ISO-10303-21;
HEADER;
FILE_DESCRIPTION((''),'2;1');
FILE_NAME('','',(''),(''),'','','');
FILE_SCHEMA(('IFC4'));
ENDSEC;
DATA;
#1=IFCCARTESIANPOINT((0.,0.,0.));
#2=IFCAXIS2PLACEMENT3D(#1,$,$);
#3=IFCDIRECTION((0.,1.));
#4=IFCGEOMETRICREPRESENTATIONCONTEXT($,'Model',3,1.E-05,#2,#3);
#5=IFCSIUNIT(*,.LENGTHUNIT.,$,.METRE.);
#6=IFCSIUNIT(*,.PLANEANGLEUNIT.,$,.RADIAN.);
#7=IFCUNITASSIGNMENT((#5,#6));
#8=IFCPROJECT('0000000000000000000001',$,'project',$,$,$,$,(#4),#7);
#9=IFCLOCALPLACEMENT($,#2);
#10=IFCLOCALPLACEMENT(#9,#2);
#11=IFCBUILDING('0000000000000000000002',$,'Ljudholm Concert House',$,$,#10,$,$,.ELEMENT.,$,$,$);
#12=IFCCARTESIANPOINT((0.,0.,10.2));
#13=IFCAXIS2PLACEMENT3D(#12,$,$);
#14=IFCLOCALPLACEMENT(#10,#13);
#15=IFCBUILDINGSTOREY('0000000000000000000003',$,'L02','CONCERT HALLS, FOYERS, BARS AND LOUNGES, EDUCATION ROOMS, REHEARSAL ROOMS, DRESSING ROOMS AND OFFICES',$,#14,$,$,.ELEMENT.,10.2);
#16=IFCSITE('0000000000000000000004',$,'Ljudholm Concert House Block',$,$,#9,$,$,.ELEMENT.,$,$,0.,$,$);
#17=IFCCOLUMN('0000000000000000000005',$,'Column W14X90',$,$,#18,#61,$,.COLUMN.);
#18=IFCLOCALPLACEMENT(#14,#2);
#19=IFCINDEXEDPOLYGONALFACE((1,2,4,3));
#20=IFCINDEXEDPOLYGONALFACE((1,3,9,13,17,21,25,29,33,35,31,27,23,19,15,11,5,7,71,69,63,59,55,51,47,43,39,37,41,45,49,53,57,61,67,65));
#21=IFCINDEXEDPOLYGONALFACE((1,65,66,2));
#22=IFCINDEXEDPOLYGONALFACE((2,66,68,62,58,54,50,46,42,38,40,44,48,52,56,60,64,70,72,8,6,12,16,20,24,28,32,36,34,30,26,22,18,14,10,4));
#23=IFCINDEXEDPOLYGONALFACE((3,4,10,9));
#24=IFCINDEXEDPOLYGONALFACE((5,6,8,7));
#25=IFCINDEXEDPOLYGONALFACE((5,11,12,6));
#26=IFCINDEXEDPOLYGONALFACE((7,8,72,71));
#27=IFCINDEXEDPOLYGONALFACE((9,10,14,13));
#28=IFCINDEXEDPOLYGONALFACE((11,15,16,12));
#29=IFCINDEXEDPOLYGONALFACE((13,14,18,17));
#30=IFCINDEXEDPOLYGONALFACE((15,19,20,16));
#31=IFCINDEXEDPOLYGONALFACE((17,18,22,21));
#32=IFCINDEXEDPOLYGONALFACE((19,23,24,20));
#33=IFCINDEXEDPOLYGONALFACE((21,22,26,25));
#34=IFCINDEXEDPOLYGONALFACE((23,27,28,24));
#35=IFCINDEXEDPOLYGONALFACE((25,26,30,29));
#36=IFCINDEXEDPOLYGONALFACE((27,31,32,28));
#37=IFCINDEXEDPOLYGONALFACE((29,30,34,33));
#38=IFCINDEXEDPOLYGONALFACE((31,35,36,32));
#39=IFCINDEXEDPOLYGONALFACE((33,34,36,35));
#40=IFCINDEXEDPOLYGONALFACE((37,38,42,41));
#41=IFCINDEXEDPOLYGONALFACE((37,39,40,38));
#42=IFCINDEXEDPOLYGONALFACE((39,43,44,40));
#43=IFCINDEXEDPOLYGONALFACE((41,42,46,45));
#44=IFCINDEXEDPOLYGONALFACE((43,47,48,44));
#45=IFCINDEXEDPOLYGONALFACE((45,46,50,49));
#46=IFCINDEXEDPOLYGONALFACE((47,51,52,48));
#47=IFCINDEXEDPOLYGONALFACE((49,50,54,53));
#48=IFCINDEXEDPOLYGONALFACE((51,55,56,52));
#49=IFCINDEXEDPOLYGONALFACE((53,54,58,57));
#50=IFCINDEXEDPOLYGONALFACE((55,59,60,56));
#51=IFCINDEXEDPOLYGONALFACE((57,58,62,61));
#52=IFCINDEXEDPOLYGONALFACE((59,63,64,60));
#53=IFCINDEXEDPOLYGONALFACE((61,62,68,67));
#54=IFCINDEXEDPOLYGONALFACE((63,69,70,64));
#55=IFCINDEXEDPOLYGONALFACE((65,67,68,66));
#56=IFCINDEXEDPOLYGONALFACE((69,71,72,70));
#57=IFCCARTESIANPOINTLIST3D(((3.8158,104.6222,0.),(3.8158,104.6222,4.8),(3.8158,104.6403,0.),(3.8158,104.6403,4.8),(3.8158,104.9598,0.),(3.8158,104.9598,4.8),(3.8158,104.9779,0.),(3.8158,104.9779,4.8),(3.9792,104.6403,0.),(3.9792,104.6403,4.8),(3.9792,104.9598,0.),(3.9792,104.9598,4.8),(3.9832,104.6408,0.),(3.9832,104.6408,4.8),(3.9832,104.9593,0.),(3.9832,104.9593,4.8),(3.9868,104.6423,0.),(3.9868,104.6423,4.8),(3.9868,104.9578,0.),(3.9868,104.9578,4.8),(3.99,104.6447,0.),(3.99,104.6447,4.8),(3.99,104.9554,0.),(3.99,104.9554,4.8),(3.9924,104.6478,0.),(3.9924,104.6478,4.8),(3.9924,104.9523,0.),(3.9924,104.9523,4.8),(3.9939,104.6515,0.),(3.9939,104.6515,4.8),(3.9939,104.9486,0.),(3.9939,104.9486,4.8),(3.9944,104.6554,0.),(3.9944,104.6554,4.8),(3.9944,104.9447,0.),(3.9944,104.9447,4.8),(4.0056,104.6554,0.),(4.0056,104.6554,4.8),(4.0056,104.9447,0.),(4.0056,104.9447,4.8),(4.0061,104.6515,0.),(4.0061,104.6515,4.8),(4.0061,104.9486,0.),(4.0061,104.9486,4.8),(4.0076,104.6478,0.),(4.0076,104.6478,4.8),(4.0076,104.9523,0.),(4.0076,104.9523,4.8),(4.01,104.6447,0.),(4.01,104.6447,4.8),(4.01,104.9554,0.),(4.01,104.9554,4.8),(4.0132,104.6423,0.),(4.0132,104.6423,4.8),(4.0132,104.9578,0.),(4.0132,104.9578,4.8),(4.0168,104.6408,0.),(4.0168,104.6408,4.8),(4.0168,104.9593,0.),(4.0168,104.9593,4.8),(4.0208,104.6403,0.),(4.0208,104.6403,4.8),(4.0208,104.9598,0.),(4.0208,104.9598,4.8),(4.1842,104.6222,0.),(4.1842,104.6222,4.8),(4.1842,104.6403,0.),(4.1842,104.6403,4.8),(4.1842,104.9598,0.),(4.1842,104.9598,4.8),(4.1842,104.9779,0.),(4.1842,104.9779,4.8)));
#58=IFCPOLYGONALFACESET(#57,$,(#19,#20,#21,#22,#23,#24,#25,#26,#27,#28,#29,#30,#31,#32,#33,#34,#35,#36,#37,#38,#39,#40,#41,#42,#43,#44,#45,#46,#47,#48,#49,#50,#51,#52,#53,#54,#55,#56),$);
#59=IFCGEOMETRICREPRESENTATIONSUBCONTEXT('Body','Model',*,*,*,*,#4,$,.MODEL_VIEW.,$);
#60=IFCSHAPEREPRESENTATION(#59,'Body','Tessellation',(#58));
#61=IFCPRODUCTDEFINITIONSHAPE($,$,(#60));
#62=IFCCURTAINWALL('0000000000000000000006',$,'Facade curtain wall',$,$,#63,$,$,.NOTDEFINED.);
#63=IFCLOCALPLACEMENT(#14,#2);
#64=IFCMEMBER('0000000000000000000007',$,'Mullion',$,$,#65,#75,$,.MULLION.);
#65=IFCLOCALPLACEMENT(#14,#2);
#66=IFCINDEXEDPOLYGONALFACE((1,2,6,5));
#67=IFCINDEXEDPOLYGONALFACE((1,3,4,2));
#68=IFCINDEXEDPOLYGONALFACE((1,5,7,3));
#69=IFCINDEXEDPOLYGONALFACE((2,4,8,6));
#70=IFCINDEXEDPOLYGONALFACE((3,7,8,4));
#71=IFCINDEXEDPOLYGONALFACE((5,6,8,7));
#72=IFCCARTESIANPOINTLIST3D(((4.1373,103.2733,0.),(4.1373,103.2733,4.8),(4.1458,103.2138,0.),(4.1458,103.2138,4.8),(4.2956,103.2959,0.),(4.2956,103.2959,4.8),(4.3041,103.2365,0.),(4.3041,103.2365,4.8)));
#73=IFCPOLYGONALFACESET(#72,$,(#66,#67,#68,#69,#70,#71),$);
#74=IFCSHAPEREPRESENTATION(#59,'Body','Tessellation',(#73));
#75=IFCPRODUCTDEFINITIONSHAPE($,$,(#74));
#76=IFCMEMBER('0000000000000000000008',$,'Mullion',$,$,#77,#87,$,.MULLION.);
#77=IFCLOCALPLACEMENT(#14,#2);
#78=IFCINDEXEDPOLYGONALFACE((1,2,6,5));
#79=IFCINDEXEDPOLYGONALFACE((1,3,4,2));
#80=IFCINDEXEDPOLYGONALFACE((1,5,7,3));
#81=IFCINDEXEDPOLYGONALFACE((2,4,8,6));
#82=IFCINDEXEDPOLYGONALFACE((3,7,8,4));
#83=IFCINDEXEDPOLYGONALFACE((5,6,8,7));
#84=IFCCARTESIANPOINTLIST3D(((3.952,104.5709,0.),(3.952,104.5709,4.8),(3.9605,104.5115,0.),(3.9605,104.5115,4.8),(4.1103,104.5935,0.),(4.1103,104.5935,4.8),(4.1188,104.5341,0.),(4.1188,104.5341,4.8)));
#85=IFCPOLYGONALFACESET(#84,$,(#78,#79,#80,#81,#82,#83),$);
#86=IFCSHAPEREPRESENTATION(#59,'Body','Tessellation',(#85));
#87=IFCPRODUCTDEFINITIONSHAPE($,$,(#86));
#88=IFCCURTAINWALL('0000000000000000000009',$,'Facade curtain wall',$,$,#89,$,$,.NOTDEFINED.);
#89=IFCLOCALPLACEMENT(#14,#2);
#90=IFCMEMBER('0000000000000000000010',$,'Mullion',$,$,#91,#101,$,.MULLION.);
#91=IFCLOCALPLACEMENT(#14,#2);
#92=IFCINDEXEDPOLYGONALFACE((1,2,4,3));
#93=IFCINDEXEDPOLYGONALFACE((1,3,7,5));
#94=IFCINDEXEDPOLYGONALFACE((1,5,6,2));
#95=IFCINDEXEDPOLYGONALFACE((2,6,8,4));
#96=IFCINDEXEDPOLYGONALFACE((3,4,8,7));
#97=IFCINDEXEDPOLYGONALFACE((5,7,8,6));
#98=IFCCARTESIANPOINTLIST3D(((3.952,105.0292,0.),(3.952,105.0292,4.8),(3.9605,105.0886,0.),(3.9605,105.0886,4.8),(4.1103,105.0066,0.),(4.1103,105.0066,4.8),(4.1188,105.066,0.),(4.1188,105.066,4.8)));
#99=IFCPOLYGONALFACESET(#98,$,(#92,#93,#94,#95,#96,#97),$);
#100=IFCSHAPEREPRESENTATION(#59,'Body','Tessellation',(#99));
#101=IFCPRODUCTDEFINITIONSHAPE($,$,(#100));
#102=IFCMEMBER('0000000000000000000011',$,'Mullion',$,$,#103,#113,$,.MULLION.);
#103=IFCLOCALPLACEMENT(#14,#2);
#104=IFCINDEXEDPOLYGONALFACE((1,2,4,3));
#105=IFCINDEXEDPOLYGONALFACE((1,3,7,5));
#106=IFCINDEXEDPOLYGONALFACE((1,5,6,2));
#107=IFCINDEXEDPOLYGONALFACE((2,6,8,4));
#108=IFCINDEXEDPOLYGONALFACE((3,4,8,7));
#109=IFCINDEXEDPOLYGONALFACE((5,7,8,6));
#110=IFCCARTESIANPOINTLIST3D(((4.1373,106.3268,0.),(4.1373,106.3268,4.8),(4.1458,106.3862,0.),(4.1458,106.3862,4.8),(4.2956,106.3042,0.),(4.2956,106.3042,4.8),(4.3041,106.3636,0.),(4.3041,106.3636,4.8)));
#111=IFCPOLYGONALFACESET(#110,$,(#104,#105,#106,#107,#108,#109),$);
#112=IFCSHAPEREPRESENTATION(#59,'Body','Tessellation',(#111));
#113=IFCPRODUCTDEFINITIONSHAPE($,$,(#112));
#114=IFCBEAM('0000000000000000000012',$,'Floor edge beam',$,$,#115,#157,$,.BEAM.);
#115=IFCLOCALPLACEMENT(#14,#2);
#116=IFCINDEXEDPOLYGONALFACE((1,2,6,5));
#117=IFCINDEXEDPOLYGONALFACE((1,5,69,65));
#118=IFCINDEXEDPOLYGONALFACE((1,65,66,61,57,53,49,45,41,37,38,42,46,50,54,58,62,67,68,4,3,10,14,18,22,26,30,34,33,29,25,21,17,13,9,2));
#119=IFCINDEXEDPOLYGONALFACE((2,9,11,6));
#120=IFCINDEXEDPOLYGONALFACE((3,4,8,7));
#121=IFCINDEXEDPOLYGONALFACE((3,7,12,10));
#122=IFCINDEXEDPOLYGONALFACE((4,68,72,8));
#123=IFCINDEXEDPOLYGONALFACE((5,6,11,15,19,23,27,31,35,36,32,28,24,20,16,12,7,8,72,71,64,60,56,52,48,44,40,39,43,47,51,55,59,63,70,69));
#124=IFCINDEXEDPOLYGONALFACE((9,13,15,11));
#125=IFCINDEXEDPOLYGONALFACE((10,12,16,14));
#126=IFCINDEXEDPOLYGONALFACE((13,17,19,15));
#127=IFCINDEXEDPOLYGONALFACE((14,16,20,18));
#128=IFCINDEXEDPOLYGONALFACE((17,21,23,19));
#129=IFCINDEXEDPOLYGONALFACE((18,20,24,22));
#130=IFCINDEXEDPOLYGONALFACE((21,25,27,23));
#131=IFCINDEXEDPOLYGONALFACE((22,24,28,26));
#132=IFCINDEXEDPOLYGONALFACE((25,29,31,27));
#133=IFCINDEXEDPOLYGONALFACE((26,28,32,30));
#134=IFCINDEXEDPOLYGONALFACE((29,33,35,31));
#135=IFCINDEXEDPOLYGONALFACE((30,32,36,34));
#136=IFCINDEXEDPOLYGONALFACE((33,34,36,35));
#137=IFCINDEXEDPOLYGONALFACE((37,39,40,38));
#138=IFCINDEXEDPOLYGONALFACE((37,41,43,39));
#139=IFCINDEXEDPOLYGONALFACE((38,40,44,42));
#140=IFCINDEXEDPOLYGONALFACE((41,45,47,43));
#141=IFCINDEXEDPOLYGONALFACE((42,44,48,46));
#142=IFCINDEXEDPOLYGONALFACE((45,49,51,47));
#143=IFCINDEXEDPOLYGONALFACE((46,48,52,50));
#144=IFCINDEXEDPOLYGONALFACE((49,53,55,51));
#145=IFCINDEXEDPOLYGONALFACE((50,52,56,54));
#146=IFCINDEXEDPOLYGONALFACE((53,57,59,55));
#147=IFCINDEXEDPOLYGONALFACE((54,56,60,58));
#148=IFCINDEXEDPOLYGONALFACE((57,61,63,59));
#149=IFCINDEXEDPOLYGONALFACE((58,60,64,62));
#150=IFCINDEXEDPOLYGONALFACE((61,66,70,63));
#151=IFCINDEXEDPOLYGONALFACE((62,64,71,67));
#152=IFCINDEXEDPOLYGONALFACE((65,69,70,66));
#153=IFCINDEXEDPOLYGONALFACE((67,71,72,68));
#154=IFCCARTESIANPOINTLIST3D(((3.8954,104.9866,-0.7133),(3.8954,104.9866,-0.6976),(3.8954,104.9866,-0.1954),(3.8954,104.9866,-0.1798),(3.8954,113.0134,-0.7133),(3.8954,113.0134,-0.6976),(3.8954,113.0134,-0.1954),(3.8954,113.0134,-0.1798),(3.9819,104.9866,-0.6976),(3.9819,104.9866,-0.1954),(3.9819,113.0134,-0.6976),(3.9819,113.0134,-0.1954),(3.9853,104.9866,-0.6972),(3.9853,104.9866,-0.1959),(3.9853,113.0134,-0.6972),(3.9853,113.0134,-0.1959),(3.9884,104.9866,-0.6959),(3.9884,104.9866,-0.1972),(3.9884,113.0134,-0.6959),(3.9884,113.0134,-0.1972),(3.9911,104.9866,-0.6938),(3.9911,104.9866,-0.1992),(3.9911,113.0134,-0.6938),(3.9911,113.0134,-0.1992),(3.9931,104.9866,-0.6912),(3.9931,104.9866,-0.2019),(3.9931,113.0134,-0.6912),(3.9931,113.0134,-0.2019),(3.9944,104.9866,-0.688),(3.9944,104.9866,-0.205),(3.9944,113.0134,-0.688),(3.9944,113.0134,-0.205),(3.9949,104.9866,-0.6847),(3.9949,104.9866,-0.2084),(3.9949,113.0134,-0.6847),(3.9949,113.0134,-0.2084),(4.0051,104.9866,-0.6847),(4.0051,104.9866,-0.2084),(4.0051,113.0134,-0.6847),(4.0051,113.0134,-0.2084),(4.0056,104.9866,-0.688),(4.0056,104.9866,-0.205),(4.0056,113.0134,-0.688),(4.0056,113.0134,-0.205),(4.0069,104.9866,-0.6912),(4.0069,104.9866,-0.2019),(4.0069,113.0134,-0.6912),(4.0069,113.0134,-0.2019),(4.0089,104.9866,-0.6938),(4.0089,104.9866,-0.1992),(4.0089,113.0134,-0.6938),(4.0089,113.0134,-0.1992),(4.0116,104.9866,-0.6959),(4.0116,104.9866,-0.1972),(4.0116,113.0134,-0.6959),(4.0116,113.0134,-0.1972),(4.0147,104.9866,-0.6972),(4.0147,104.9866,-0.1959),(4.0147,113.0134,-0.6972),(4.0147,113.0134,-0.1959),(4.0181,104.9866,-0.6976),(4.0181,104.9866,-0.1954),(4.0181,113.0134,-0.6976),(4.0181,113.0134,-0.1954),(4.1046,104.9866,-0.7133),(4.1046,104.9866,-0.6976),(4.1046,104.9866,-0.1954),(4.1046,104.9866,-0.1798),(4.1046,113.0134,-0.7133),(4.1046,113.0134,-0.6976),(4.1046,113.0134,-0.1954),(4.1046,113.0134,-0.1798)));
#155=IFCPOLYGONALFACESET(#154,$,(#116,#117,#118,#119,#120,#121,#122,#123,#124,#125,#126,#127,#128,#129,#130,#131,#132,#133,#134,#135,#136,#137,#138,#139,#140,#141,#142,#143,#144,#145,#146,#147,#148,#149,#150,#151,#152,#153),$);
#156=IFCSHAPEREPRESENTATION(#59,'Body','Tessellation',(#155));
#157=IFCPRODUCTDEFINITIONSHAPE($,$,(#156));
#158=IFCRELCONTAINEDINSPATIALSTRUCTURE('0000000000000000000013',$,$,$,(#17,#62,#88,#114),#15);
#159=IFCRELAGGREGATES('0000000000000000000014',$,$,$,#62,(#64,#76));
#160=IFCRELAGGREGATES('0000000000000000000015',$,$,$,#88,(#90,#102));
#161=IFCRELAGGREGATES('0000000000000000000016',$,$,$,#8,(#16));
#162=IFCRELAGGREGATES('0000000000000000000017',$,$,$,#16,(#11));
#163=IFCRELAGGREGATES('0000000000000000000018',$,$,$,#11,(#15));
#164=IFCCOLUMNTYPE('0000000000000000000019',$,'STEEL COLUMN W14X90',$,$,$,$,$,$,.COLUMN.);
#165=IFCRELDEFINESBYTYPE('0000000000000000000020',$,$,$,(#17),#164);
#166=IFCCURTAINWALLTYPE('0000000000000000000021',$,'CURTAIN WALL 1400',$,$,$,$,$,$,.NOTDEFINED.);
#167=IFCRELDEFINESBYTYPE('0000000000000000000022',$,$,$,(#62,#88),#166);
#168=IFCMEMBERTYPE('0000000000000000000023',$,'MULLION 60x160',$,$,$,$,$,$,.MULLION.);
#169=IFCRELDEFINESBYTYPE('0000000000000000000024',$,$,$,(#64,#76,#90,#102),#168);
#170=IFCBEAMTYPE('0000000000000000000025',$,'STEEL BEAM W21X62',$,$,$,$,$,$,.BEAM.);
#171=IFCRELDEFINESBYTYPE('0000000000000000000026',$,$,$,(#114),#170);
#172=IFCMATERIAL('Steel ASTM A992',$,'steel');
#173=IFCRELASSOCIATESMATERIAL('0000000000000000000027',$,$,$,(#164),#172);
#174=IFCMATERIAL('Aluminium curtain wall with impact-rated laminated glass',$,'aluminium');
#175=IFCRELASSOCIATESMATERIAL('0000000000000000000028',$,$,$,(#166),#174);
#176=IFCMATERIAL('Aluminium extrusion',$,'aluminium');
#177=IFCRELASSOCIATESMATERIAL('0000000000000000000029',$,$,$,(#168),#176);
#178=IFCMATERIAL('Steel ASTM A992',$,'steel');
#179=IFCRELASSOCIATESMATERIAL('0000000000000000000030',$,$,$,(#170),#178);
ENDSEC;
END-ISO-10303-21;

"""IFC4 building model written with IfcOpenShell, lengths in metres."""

from ifc_helpers import new_model, si_unit, direction, frame, origin, origin_2d, place, context, subcontext, project, spatial, rectangle, i_section, extrude, material, material_profile, profile_set, type_object, element, aggregate, save


model = new_model("IFC4")

# Units and contexts
model_context = context("Model", 3, precision=1e-05, world=origin(), true_north=direction((0.0, 1.0)))
body_context = subcontext(model_context, "Body", "Model", "MODEL_VIEW")
ifc_project = project(units=[si_unit("LENGTHUNIT", "METRE"), si_unit("PLANEANGLEUNIT", "RADIAN")], contexts=[model_context])

# Site, building, storey
site_placement = place(None, origin())
site = spatial("IfcSite", under=ifc_project, at=site_placement, Name="Ljudholm Concert House Block", CompositionType="ELEMENT", RefElevation=0.0)
building_placement = place(site_placement, origin())
building = spatial("IfcBuilding", under=site, at=building_placement, Name="Ljudholm Concert House", CompositionType="ELEMENT")
storey_placement = place(building_placement, frame((0.0, 0.0, 10.2)))
storey = spatial("IfcBuildingStorey", under=building, at=storey_placement, Name="L02", Description="CONCERT HALLS, FOYERS, BARS AND LOUNGES, EDUCATION ROOMS, REHEARSAL ROOMS, DRESSING ROOMS AND OFFICES", CompositionType="ELEMENT", Elevation=10.2)

# Column
ifc_material_1 = material(Name="Steel ASTM A992", Category="steel")
ifc_material_profile_1 = material_profile(ifc_material_1, i_section(OverallWidth=0.3684, OverallDepth=0.3557, WebThickness=0.0112, FlangeThickness=0.0181, FilletRadius=0.0151, at=origin_2d()), Name="W14X90")
ifc_profile_set_1 = profile_set([ifc_material_profile_1], Name="Steel ASTM A992")
column_type = type_object("IfcColumnType", Name="STEEL COLUMN W14X90", PredefinedType="COLUMN", material=ifc_profile_set_1)
column_placement = place(storey_placement, frame((4.0, 104.8, 0.0), z_axis=(0.0, 0.0, 1.0), x_axis=(1.0, 0.0, 0.0)))
element("IfcColumn", 1, at=column_placement, inside=storey, type_object=column_type, Name="Column W14X90", PredefinedType="COLUMN", context=body_context, shape_type="SweptSolid", body=[
    extrude(i_section(OverallWidth=0.3684, OverallDepth=0.3557, WebThickness=0.0112, FlangeThickness=0.0181, FilletRadius=0.0151, at=origin_2d()), origin(), (0.0, 0.0, 1.0), 4.8),
])

# Curtain walls, members
ifc_material_2 = material(Name="Aluminium curtain wall with impact-rated laminated glass", Category="aluminium")
curtain_wall_type = type_object("IfcCurtainWallType", Name="CURTAIN WALL 1400", PredefinedType="NOTDEFINED", material=ifc_material_2)
curtain_wall_1_placement = place(storey_placement, origin())
curtain_wall_1 = element("IfcCurtainWall", 2, at=curtain_wall_1_placement, inside=storey, type_object=curtain_wall_type, Name="Facade curtain wall", PredefinedType="NOTDEFINED")
ifc_material_3 = material(Name="Aluminium extrusion", Category="aluminium")
ifc_material_profile_2 = material_profile(ifc_material_3, rectangle(XDim=0.1599, YDim=0.0601, at=origin_2d()), Name="MULLION 60x160")
ifc_profile_set_2 = profile_set([ifc_material_profile_2], Name="Aluminium extrusion")
member_type_1 = type_object("IfcMemberType", Name="MULLION 60x160", PredefinedType="MULLION", material=ifc_profile_set_2)
member_1_placement = place(storey_placement, frame((4.2207, 103.2549, 0.0), z_axis=(0.0, 0.0, 1.0), x_axis=(-0.989949, -0.141421, 0.0)))
member_1 = element("IfcMember", 3, at=member_1_placement, type_object=member_type_1, Name="Mullion", PredefinedType="MULLION", context=body_context, shape_type="SweptSolid", body=[
    extrude(rectangle(XDim=0.1599, YDim=0.0601, at=origin_2d()), origin(), (0.0, 0.0, 1.0), 4.8),
])
member_2_placement = place(storey_placement, frame((4.0354, 104.5525, 0.0), z_axis=(0.0, 0.0, 1.0), x_axis=(-0.989949, -0.141421, 0.0)))
member_2 = element("IfcMember", 4, at=member_2_placement, type_object=member_type_1, Name="Mullion", PredefinedType="MULLION", context=body_context, shape_type="SweptSolid", body=[
    extrude(rectangle(XDim=0.1599, YDim=0.0601, at=origin_2d()), origin(), (0.0, 0.0, 1.0), 4.8),
])
curtain_wall_2_placement = place(storey_placement, origin())
curtain_wall_2 = element("IfcCurtainWall", 5, at=curtain_wall_2_placement, inside=storey, type_object=curtain_wall_type, Name="Facade curtain wall", PredefinedType="NOTDEFINED")
member_3_placement = place(storey_placement, frame((4.0354, 105.0476, 0.0), z_axis=(0.0, 0.0, 1.0), x_axis=(-0.989949, 0.141421, 0.0)))
member_3 = element("IfcMember", 6, at=member_3_placement, type_object=member_type_1, Name="Mullion", PredefinedType="MULLION", context=body_context, shape_type="SweptSolid", body=[
    extrude(rectangle(XDim=0.1599, YDim=0.0601, at=origin_2d()), origin(), (0.0, 0.0, 1.0), 4.8),
])
member_4_placement = place(storey_placement, frame((4.2207, 106.3452, 0.0), z_axis=(0.0, 0.0, 1.0), x_axis=(-0.989949, 0.141421, 0.0)))
member_4 = element("IfcMember", 7, at=member_4_placement, type_object=member_type_1, Name="Mullion", PredefinedType="MULLION", context=body_context, shape_type="SweptSolid", body=[
    extrude(rectangle(XDim=0.1599, YDim=0.0601, at=origin_2d()), origin(), (0.0, 0.0, 1.0), 4.8),
])

# Beam
ifc_material_4 = material(Name="Steel ASTM A992", Category="steel")
ifc_material_profile_3 = material_profile(ifc_material_4, i_section(OverallWidth=0.2092, OverallDepth=0.5334, WebThickness=0.0103, FlangeThickness=0.0156, FilletRadius=0.0129, at=origin_2d()), Name="W21X62")
ifc_profile_set_3 = profile_set([ifc_material_profile_3], Name="Steel ASTM A992")
beam_type_1 = type_object("IfcBeamType", Name="STEEL BEAM W21X62", PredefinedType="BEAM", material=ifc_profile_set_3)
beam_1_placement = place(storey_placement, frame((4.0, 104.9866, -0.4465), z_axis=(0.0, 1.0, 0.0), x_axis=(-1.0, 0.0, 0.0)))
element("IfcBeam", 8, at=beam_1_placement, inside=storey, type_object=beam_type_1, Name="Floor edge beam", PredefinedType="BEAM", context=body_context, shape_type="SweptSolid", body=[
    extrude(i_section(OverallWidth=0.2092, OverallDepth=0.5334, WebThickness=0.0103, FlangeThickness=0.0156, FilletRadius=0.0129, at=origin_2d()), origin(), (0.0, 0.0, 1.0), 8.0269),
])

aggregate(curtain_wall_1, [member_1, member_2])
aggregate(curtain_wall_2, [member_3, member_4])

save(model, "model.ifc")
